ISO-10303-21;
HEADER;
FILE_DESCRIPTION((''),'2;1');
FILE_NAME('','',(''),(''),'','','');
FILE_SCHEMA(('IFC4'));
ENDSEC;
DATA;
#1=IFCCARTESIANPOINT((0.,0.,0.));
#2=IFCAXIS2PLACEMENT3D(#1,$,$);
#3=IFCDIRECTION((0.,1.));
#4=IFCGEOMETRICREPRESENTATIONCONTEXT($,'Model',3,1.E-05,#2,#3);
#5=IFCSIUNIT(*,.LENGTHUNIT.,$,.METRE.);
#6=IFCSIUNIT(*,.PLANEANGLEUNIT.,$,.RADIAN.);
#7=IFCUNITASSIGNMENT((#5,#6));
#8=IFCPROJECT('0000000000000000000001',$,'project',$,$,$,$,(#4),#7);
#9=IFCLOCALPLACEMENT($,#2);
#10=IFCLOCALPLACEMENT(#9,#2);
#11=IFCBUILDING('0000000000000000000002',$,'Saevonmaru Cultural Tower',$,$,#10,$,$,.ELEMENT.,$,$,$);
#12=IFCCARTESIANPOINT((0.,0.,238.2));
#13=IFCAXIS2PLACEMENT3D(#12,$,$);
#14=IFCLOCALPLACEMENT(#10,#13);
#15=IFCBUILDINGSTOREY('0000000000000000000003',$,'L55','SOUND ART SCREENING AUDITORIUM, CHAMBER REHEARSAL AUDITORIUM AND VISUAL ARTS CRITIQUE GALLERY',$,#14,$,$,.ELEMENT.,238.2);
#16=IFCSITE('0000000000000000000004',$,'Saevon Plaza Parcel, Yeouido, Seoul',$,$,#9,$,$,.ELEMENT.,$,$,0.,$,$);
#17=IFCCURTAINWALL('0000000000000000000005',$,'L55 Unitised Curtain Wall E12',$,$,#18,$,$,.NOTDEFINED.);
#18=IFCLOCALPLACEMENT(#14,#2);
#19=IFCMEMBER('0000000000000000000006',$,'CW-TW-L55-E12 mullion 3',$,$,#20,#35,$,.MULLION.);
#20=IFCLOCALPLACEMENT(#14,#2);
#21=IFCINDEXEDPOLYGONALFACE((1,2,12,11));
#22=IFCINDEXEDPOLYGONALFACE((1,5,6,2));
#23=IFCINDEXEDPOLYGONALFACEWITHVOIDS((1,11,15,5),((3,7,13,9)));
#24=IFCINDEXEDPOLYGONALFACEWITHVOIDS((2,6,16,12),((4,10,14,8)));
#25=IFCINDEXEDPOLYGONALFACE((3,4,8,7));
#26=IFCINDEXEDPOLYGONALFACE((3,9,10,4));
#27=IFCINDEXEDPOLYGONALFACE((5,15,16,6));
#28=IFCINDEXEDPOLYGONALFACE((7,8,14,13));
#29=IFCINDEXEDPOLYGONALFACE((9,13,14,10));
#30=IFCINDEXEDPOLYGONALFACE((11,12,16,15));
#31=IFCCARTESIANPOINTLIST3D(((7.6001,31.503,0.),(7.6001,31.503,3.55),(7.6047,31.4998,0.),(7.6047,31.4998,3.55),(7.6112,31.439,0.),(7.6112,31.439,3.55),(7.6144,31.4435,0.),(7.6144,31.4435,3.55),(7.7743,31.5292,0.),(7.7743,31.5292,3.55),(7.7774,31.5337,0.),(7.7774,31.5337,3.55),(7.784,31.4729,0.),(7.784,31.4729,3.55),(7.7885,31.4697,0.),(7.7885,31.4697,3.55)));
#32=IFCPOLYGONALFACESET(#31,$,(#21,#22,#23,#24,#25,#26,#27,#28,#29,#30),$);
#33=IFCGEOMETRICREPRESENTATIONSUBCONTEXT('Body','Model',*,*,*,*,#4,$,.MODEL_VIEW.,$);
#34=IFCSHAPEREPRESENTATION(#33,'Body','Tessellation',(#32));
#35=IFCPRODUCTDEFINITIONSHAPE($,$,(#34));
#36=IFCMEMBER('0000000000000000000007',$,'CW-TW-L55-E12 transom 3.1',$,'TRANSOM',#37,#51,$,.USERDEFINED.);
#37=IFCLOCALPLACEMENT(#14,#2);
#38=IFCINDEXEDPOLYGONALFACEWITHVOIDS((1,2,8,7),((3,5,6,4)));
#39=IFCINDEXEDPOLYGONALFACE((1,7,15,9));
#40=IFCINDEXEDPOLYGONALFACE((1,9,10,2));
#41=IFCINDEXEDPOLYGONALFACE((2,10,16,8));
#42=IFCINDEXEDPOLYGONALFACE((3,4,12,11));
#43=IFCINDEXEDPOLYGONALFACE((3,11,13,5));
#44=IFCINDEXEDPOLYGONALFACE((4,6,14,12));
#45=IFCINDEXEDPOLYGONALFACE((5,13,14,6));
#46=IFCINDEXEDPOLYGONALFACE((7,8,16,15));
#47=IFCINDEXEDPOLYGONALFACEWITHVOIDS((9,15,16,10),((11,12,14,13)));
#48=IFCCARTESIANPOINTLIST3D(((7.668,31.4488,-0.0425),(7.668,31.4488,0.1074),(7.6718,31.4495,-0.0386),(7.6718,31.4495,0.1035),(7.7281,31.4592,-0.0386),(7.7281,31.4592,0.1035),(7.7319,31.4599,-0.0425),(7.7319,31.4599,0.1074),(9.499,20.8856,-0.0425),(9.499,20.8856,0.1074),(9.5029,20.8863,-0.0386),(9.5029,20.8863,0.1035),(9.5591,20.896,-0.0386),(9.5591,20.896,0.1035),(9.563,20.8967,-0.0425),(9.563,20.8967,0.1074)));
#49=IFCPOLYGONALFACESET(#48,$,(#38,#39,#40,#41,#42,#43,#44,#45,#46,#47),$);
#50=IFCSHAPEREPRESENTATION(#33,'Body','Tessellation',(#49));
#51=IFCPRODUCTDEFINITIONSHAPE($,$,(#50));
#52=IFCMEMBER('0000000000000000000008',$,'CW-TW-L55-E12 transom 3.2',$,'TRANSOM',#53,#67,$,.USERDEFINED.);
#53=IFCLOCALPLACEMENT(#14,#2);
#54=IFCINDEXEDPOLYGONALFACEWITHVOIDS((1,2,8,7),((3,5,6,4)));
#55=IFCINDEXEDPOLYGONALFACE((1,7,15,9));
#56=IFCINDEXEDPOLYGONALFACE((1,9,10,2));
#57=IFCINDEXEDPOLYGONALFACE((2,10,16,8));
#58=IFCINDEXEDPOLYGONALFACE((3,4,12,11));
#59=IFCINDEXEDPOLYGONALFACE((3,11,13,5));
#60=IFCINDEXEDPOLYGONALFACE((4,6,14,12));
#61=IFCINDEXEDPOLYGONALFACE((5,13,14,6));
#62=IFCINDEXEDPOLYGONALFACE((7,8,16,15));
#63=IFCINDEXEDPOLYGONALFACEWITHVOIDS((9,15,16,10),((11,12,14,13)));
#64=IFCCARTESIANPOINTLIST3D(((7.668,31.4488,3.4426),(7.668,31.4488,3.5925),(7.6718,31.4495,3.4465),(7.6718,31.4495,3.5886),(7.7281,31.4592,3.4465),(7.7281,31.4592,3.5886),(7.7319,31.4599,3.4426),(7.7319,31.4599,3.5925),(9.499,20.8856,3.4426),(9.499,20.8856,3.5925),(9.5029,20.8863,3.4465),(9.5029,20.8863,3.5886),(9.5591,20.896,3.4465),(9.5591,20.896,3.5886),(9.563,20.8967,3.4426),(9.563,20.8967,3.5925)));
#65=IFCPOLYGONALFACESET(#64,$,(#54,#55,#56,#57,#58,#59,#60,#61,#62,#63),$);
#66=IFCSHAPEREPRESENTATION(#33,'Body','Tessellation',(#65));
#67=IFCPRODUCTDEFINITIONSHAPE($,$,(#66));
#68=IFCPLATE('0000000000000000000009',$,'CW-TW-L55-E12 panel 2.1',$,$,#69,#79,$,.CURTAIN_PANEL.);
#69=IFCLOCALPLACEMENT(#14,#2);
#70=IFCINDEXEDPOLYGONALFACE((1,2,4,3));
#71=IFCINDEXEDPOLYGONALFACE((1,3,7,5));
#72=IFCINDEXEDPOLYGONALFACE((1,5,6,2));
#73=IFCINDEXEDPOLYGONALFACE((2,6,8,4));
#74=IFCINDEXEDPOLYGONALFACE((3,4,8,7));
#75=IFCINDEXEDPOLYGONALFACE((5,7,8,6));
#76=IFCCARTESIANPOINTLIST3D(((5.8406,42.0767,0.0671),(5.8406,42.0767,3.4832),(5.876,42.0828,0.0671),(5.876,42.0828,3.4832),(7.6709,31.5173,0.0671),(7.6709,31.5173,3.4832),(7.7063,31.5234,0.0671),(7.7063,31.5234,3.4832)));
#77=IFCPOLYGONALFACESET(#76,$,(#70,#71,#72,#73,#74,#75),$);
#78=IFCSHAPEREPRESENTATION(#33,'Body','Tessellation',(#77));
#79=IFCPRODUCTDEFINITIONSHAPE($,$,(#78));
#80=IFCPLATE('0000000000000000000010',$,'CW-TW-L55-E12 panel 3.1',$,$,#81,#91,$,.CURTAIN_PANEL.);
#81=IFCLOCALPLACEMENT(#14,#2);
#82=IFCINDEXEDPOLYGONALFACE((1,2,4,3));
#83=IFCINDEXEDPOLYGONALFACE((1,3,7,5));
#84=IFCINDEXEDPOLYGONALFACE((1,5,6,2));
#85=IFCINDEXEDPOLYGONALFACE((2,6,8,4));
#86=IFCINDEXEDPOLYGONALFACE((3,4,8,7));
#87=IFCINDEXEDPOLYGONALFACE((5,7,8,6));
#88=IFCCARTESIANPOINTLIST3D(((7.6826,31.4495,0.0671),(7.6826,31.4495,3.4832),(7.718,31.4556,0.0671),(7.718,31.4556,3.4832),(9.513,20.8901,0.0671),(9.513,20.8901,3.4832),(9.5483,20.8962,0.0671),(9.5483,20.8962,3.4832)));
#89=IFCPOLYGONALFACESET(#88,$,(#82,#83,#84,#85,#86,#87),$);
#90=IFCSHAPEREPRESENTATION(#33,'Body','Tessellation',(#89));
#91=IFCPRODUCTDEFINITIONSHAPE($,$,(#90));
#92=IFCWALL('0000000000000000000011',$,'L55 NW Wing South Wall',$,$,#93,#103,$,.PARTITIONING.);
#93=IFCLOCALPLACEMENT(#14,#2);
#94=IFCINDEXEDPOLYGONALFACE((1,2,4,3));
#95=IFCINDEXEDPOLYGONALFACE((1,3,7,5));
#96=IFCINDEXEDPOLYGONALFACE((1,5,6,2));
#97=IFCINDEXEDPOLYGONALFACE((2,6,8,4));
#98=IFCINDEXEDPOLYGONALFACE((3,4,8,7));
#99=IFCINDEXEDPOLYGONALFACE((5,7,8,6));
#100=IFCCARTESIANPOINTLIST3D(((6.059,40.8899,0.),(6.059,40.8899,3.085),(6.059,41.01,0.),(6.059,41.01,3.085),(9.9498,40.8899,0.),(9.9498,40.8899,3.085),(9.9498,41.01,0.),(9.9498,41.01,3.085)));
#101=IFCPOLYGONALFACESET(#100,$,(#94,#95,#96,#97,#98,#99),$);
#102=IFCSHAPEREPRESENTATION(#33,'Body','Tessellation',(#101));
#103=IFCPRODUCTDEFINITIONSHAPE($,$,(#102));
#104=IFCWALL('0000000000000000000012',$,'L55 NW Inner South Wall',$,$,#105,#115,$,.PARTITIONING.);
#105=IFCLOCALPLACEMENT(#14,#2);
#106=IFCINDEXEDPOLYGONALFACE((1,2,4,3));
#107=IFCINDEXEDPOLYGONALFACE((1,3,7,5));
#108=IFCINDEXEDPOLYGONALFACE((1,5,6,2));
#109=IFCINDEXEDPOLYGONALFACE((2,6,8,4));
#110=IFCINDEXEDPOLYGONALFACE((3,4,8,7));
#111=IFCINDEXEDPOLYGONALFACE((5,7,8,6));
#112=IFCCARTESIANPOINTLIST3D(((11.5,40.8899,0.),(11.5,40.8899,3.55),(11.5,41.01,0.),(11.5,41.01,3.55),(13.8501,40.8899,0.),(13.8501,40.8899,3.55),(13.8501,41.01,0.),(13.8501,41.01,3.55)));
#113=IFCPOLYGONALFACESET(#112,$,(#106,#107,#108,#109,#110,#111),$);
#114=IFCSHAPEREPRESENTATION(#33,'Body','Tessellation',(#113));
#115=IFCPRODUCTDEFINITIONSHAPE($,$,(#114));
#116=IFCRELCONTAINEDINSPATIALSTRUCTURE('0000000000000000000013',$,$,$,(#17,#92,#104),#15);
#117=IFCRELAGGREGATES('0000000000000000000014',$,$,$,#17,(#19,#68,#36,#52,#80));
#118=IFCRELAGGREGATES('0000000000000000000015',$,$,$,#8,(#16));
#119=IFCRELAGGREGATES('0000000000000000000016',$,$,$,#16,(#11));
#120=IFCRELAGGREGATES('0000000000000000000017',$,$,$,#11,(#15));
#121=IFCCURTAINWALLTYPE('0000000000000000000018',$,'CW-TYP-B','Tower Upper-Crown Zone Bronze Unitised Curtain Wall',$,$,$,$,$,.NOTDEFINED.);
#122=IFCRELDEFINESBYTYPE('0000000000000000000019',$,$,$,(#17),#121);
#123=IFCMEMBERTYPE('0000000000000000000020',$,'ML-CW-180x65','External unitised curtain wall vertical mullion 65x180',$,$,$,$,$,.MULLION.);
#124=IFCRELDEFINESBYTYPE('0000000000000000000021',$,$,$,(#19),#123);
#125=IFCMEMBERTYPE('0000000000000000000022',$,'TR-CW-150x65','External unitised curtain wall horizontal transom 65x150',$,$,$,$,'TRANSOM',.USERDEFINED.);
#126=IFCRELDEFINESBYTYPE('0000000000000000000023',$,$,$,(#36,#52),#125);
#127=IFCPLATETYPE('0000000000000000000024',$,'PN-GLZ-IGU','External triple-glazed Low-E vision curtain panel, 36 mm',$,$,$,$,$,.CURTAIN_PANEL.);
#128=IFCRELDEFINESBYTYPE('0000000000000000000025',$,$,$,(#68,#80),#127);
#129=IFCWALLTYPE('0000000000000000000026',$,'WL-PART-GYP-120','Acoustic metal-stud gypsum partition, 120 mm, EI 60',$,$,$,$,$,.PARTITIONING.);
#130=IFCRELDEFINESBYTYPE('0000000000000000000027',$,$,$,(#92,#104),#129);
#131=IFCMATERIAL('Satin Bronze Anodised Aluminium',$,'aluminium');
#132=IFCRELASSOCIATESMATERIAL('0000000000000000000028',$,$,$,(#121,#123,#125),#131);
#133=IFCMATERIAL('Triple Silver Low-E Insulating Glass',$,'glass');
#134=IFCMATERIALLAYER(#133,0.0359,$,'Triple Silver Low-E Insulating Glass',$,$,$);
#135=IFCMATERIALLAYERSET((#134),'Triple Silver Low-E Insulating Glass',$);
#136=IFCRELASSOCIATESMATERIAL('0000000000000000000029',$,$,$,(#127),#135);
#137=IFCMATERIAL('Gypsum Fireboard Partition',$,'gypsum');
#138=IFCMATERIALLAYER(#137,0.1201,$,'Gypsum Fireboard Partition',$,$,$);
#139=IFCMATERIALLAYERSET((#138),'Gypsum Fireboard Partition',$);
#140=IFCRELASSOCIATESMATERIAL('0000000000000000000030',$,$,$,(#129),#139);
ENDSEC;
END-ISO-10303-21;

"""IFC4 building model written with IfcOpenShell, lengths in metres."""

from ifc_helpers import new_model, si_unit, direction, frame, frame_2d, origin, origin_2d, place, context, subcontext, project, spatial, rectangle, hollow_rectangle, extrude, material, layer, layer_set, material_profile, profile_set, type_object, element, aggregate, save


model = new_model("IFC4")

# Units and contexts
model_context = context("Model", 3, precision=1e-05, world=origin(), true_north=direction((0.0, 1.0)))
body_context = subcontext(model_context, "Body", "Model", "MODEL_VIEW")
ifc_project = project(units=[si_unit("LENGTHUNIT", "METRE"), si_unit("PLANEANGLEUNIT", "RADIAN")], contexts=[model_context])

# Site, building, storey
site_placement = place(None, origin())
site = spatial("IfcSite", under=ifc_project, at=site_placement, Name="Saevon Plaza Parcel, Yeouido, Seoul", CompositionType="ELEMENT", RefElevation=0.0)
building_placement = place(site_placement, origin())
building = spatial("IfcBuilding", under=site, at=building_placement, Name="Saevonmaru Cultural Tower", CompositionType="ELEMENT")
storey_placement = place(building_placement, frame((0.0, 0.0, 238.2)))
storey = spatial("IfcBuildingStorey", under=building, at=storey_placement, Name="L55", Description="SOUND ART SCREENING AUDITORIUM, CHAMBER REHEARSAL AUDITORIUM AND VISUAL ARTS CRITIQUE GALLERY", CompositionType="ELEMENT", Elevation=238.2)

# Curtain wall, members, plates
ifc_material_1 = material(Name="Satin Bronze Anodised Aluminium", Category="aluminium")
curtain_wall_type = type_object("IfcCurtainWallType", Name="CW-TYP-B", Description="Tower Upper-Crown Zone Bronze Unitised Curtain Wall", PredefinedType="NOTDEFINED", material=ifc_material_1)
curtain_wall_placement = place(storey_placement, origin())
curtain_wall = element("IfcCurtainWall", 1, at=curtain_wall_placement, inside=storey, type_object=curtain_wall_type, Name="L55 Unitised Curtain Wall E12", PredefinedType="NOTDEFINED")
ifc_material_profile_1 = material_profile(ifc_material_1, hollow_rectangle(XDim=0.0649, YDim=0.1799, WallThickness=0.0039, at=origin_2d()), Name="ALU-MULL-180x65x4")
ifc_profile_set_1 = profile_set([ifc_material_profile_1], Name="Satin Bronze Anodised Aluminium")
member_type_1 = type_object("IfcMemberType", Name="ML-CW-180x65", Description="External unitised curtain wall vertical mullion 65x180", PredefinedType="MULLION", material=ifc_profile_set_1)
member_1_placement = place(storey_placement, frame((7.6943, 31.4863, 0.0), z_axis=(0.0, 0.0, 1.0), x_axis=(0.17079, -0.985307, 0.0)))
member_1 = element("IfcMember", 2, at=member_1_placement, type_object=member_type_1, Name="CW-TW-L55-E12 mullion 3", PredefinedType="MULLION", context=body_context, shape_type="SweptSolid", body=[
    extrude(hollow_rectangle(XDim=0.0649, YDim=0.1799, WallThickness=0.0039, at=origin_2d()), origin(), (0.0, 0.0, 1.0), 3.55),
])
ifc_material_profile_2 = material_profile(ifc_material_1, hollow_rectangle(XDim=0.0649, YDim=0.1499, WallThickness=0.0039, at=origin_2d()), Name="ALU-TRAN-150x65x4")
ifc_profile_set_2 = profile_set([ifc_material_profile_2], Name="Satin Bronze Anodised Aluminium")
member_type_2 = type_object("IfcMemberType", Name="TR-CW-150x65", Description="External unitised curtain wall horizontal transom 65x150", ElementType="TRANSOM", PredefinedType="USERDEFINED", material=ifc_profile_set_2)
member_2_placement = place(storey_placement, frame((7.7, 31.4543, 0.0325), z_axis=(0.170795, -0.985307, 0.0), x_axis=(0.985307, 0.170795, 0.0)))
member_2 = element("IfcMember", 3, at=member_2_placement, type_object=member_type_2, Name="CW-TW-L55-E12 transom 3.1", ObjectType="TRANSOM", PredefinedType="USERDEFINED", context=body_context, shape_type="SweptSolid", body=[
    extrude(hollow_rectangle(XDim=0.0649, YDim=0.1499, WallThickness=0.0039, at=origin_2d()), origin(), (0.0, 0.0, 1.0), 10.7207),
])
member_3_placement = place(storey_placement, frame((7.7, 31.4543, 3.5176), z_axis=(0.170795, -0.985307, 0.0), x_axis=(0.985307, 0.170795, 0.0)))
member_3 = element("IfcMember", 4, at=member_3_placement, type_object=member_type_2, Name="CW-TW-L55-E12 transom 3.2", ObjectType="TRANSOM", PredefinedType="USERDEFINED", context=body_context, shape_type="SweptSolid", body=[
    extrude(hollow_rectangle(XDim=0.0649, YDim=0.1499, WallThickness=0.0039, at=origin_2d()), origin(), (0.0, 0.0, 1.0), 10.7207),
])
ifc_material_2 = material(Name="Triple Silver Low-E Insulating Glass", Category="glass")
ifc_layer_1 = layer(ifc_material_2, 0.0359, Name="Triple Silver Low-E Insulating Glass")
ifc_layer_set_1 = layer_set([ifc_layer_1], Name="Triple Silver Low-E Insulating Glass")
plate_type = type_object("IfcPlateType", Name="PN-GLZ-IGU", Description="External triple-glazed Low-E vision curtain panel, 36 mm", PredefinedType="CURTAIN_PANEL", material=ifc_layer_set_1)
plate_1_placement = place(storey_placement, frame((6.7734, 36.8, 0.0671), z_axis=(0.0, 0.0, 1.0), x_axis=(0.17079, -0.985307, 0.0)))
plate_1 = element("IfcPlate", 5, at=plate_1_placement, type_object=plate_type, Name="CW-TW-L55-E12 panel 2.1", PredefinedType="CURTAIN_PANEL", context=body_context, shape_type="SweptSolid", body=[
    extrude(rectangle(XDim=10.7168, YDim=0.0359, at=origin_2d()), origin(), (0.0, 0.0, 1.0), 3.416),
])
plate_2_placement = place(storey_placement, frame((8.6155, 26.1729, 0.0671), z_axis=(0.0, 0.0, 1.0), x_axis=(0.17079, -0.985307, 0.0)))
plate_2 = element("IfcPlate", 6, at=plate_2_placement, type_object=plate_type, Name="CW-TW-L55-E12 panel 3.1", PredefinedType="CURTAIN_PANEL", context=body_context, shape_type="SweptSolid", body=[
    extrude(rectangle(XDim=10.7168, YDim=0.0359, at=origin_2d()), origin(), (0.0, 0.0, 1.0), 3.416),
])
aggregate(curtain_wall, [member_1, plate_1, member_2, member_3, plate_2])

# Shared definitions
ifc_material_3 = material(Name="Gypsum Fireboard Partition", Category="gypsum")

# Walls
ifc_layer_2 = layer(ifc_material_3, 0.1201, Name="Gypsum Fireboard Partition")
ifc_layer_set_2 = layer_set([ifc_layer_2], Name="Gypsum Fireboard Partition")
wall_type_1 = type_object("IfcWallType", Name="WL-PART-GYP-120", Description="Acoustic metal-stud gypsum partition, 120 mm, EI 60", PredefinedType="PARTITIONING", material=ifc_layer_set_2)
wall_1_placement = place(storey_placement, frame((6.0591, 40.95, 0.0), z_axis=(0.0, 0.0, 1.0), x_axis=(1.0, 0.0, 0.0)))
element("IfcWall", 7, at=wall_1_placement, inside=storey, type_object=wall_type_1, Name="L55 NW Wing South Wall", PredefinedType="PARTITIONING", context=body_context, shape_type="SweptSolid", body=[
    extrude(rectangle(XDim=3.8909, YDim=0.1201, at=frame_2d((1.9453, 0.0))), origin(), (0.0, 0.0, 1.0), 3.085),
])
wall_2_placement = place(storey_placement, frame((11.5, 40.95, 0.0), z_axis=(0.0, 0.0, 1.0), x_axis=(1.0, 0.0, 0.0)))
element("IfcWall", 8, at=wall_2_placement, inside=storey, type_object=wall_type_1, Name="L55 NW Inner South Wall", PredefinedType="PARTITIONING", context=body_context, shape_type="SweptSolid", body=[
    extrude(rectangle(XDim=2.3501, YDim=0.1201, at=frame_2d((1.175, 0.0))), origin(), (0.0, 0.0, 1.0), 3.55),
])

save(model, "model.ifc")
